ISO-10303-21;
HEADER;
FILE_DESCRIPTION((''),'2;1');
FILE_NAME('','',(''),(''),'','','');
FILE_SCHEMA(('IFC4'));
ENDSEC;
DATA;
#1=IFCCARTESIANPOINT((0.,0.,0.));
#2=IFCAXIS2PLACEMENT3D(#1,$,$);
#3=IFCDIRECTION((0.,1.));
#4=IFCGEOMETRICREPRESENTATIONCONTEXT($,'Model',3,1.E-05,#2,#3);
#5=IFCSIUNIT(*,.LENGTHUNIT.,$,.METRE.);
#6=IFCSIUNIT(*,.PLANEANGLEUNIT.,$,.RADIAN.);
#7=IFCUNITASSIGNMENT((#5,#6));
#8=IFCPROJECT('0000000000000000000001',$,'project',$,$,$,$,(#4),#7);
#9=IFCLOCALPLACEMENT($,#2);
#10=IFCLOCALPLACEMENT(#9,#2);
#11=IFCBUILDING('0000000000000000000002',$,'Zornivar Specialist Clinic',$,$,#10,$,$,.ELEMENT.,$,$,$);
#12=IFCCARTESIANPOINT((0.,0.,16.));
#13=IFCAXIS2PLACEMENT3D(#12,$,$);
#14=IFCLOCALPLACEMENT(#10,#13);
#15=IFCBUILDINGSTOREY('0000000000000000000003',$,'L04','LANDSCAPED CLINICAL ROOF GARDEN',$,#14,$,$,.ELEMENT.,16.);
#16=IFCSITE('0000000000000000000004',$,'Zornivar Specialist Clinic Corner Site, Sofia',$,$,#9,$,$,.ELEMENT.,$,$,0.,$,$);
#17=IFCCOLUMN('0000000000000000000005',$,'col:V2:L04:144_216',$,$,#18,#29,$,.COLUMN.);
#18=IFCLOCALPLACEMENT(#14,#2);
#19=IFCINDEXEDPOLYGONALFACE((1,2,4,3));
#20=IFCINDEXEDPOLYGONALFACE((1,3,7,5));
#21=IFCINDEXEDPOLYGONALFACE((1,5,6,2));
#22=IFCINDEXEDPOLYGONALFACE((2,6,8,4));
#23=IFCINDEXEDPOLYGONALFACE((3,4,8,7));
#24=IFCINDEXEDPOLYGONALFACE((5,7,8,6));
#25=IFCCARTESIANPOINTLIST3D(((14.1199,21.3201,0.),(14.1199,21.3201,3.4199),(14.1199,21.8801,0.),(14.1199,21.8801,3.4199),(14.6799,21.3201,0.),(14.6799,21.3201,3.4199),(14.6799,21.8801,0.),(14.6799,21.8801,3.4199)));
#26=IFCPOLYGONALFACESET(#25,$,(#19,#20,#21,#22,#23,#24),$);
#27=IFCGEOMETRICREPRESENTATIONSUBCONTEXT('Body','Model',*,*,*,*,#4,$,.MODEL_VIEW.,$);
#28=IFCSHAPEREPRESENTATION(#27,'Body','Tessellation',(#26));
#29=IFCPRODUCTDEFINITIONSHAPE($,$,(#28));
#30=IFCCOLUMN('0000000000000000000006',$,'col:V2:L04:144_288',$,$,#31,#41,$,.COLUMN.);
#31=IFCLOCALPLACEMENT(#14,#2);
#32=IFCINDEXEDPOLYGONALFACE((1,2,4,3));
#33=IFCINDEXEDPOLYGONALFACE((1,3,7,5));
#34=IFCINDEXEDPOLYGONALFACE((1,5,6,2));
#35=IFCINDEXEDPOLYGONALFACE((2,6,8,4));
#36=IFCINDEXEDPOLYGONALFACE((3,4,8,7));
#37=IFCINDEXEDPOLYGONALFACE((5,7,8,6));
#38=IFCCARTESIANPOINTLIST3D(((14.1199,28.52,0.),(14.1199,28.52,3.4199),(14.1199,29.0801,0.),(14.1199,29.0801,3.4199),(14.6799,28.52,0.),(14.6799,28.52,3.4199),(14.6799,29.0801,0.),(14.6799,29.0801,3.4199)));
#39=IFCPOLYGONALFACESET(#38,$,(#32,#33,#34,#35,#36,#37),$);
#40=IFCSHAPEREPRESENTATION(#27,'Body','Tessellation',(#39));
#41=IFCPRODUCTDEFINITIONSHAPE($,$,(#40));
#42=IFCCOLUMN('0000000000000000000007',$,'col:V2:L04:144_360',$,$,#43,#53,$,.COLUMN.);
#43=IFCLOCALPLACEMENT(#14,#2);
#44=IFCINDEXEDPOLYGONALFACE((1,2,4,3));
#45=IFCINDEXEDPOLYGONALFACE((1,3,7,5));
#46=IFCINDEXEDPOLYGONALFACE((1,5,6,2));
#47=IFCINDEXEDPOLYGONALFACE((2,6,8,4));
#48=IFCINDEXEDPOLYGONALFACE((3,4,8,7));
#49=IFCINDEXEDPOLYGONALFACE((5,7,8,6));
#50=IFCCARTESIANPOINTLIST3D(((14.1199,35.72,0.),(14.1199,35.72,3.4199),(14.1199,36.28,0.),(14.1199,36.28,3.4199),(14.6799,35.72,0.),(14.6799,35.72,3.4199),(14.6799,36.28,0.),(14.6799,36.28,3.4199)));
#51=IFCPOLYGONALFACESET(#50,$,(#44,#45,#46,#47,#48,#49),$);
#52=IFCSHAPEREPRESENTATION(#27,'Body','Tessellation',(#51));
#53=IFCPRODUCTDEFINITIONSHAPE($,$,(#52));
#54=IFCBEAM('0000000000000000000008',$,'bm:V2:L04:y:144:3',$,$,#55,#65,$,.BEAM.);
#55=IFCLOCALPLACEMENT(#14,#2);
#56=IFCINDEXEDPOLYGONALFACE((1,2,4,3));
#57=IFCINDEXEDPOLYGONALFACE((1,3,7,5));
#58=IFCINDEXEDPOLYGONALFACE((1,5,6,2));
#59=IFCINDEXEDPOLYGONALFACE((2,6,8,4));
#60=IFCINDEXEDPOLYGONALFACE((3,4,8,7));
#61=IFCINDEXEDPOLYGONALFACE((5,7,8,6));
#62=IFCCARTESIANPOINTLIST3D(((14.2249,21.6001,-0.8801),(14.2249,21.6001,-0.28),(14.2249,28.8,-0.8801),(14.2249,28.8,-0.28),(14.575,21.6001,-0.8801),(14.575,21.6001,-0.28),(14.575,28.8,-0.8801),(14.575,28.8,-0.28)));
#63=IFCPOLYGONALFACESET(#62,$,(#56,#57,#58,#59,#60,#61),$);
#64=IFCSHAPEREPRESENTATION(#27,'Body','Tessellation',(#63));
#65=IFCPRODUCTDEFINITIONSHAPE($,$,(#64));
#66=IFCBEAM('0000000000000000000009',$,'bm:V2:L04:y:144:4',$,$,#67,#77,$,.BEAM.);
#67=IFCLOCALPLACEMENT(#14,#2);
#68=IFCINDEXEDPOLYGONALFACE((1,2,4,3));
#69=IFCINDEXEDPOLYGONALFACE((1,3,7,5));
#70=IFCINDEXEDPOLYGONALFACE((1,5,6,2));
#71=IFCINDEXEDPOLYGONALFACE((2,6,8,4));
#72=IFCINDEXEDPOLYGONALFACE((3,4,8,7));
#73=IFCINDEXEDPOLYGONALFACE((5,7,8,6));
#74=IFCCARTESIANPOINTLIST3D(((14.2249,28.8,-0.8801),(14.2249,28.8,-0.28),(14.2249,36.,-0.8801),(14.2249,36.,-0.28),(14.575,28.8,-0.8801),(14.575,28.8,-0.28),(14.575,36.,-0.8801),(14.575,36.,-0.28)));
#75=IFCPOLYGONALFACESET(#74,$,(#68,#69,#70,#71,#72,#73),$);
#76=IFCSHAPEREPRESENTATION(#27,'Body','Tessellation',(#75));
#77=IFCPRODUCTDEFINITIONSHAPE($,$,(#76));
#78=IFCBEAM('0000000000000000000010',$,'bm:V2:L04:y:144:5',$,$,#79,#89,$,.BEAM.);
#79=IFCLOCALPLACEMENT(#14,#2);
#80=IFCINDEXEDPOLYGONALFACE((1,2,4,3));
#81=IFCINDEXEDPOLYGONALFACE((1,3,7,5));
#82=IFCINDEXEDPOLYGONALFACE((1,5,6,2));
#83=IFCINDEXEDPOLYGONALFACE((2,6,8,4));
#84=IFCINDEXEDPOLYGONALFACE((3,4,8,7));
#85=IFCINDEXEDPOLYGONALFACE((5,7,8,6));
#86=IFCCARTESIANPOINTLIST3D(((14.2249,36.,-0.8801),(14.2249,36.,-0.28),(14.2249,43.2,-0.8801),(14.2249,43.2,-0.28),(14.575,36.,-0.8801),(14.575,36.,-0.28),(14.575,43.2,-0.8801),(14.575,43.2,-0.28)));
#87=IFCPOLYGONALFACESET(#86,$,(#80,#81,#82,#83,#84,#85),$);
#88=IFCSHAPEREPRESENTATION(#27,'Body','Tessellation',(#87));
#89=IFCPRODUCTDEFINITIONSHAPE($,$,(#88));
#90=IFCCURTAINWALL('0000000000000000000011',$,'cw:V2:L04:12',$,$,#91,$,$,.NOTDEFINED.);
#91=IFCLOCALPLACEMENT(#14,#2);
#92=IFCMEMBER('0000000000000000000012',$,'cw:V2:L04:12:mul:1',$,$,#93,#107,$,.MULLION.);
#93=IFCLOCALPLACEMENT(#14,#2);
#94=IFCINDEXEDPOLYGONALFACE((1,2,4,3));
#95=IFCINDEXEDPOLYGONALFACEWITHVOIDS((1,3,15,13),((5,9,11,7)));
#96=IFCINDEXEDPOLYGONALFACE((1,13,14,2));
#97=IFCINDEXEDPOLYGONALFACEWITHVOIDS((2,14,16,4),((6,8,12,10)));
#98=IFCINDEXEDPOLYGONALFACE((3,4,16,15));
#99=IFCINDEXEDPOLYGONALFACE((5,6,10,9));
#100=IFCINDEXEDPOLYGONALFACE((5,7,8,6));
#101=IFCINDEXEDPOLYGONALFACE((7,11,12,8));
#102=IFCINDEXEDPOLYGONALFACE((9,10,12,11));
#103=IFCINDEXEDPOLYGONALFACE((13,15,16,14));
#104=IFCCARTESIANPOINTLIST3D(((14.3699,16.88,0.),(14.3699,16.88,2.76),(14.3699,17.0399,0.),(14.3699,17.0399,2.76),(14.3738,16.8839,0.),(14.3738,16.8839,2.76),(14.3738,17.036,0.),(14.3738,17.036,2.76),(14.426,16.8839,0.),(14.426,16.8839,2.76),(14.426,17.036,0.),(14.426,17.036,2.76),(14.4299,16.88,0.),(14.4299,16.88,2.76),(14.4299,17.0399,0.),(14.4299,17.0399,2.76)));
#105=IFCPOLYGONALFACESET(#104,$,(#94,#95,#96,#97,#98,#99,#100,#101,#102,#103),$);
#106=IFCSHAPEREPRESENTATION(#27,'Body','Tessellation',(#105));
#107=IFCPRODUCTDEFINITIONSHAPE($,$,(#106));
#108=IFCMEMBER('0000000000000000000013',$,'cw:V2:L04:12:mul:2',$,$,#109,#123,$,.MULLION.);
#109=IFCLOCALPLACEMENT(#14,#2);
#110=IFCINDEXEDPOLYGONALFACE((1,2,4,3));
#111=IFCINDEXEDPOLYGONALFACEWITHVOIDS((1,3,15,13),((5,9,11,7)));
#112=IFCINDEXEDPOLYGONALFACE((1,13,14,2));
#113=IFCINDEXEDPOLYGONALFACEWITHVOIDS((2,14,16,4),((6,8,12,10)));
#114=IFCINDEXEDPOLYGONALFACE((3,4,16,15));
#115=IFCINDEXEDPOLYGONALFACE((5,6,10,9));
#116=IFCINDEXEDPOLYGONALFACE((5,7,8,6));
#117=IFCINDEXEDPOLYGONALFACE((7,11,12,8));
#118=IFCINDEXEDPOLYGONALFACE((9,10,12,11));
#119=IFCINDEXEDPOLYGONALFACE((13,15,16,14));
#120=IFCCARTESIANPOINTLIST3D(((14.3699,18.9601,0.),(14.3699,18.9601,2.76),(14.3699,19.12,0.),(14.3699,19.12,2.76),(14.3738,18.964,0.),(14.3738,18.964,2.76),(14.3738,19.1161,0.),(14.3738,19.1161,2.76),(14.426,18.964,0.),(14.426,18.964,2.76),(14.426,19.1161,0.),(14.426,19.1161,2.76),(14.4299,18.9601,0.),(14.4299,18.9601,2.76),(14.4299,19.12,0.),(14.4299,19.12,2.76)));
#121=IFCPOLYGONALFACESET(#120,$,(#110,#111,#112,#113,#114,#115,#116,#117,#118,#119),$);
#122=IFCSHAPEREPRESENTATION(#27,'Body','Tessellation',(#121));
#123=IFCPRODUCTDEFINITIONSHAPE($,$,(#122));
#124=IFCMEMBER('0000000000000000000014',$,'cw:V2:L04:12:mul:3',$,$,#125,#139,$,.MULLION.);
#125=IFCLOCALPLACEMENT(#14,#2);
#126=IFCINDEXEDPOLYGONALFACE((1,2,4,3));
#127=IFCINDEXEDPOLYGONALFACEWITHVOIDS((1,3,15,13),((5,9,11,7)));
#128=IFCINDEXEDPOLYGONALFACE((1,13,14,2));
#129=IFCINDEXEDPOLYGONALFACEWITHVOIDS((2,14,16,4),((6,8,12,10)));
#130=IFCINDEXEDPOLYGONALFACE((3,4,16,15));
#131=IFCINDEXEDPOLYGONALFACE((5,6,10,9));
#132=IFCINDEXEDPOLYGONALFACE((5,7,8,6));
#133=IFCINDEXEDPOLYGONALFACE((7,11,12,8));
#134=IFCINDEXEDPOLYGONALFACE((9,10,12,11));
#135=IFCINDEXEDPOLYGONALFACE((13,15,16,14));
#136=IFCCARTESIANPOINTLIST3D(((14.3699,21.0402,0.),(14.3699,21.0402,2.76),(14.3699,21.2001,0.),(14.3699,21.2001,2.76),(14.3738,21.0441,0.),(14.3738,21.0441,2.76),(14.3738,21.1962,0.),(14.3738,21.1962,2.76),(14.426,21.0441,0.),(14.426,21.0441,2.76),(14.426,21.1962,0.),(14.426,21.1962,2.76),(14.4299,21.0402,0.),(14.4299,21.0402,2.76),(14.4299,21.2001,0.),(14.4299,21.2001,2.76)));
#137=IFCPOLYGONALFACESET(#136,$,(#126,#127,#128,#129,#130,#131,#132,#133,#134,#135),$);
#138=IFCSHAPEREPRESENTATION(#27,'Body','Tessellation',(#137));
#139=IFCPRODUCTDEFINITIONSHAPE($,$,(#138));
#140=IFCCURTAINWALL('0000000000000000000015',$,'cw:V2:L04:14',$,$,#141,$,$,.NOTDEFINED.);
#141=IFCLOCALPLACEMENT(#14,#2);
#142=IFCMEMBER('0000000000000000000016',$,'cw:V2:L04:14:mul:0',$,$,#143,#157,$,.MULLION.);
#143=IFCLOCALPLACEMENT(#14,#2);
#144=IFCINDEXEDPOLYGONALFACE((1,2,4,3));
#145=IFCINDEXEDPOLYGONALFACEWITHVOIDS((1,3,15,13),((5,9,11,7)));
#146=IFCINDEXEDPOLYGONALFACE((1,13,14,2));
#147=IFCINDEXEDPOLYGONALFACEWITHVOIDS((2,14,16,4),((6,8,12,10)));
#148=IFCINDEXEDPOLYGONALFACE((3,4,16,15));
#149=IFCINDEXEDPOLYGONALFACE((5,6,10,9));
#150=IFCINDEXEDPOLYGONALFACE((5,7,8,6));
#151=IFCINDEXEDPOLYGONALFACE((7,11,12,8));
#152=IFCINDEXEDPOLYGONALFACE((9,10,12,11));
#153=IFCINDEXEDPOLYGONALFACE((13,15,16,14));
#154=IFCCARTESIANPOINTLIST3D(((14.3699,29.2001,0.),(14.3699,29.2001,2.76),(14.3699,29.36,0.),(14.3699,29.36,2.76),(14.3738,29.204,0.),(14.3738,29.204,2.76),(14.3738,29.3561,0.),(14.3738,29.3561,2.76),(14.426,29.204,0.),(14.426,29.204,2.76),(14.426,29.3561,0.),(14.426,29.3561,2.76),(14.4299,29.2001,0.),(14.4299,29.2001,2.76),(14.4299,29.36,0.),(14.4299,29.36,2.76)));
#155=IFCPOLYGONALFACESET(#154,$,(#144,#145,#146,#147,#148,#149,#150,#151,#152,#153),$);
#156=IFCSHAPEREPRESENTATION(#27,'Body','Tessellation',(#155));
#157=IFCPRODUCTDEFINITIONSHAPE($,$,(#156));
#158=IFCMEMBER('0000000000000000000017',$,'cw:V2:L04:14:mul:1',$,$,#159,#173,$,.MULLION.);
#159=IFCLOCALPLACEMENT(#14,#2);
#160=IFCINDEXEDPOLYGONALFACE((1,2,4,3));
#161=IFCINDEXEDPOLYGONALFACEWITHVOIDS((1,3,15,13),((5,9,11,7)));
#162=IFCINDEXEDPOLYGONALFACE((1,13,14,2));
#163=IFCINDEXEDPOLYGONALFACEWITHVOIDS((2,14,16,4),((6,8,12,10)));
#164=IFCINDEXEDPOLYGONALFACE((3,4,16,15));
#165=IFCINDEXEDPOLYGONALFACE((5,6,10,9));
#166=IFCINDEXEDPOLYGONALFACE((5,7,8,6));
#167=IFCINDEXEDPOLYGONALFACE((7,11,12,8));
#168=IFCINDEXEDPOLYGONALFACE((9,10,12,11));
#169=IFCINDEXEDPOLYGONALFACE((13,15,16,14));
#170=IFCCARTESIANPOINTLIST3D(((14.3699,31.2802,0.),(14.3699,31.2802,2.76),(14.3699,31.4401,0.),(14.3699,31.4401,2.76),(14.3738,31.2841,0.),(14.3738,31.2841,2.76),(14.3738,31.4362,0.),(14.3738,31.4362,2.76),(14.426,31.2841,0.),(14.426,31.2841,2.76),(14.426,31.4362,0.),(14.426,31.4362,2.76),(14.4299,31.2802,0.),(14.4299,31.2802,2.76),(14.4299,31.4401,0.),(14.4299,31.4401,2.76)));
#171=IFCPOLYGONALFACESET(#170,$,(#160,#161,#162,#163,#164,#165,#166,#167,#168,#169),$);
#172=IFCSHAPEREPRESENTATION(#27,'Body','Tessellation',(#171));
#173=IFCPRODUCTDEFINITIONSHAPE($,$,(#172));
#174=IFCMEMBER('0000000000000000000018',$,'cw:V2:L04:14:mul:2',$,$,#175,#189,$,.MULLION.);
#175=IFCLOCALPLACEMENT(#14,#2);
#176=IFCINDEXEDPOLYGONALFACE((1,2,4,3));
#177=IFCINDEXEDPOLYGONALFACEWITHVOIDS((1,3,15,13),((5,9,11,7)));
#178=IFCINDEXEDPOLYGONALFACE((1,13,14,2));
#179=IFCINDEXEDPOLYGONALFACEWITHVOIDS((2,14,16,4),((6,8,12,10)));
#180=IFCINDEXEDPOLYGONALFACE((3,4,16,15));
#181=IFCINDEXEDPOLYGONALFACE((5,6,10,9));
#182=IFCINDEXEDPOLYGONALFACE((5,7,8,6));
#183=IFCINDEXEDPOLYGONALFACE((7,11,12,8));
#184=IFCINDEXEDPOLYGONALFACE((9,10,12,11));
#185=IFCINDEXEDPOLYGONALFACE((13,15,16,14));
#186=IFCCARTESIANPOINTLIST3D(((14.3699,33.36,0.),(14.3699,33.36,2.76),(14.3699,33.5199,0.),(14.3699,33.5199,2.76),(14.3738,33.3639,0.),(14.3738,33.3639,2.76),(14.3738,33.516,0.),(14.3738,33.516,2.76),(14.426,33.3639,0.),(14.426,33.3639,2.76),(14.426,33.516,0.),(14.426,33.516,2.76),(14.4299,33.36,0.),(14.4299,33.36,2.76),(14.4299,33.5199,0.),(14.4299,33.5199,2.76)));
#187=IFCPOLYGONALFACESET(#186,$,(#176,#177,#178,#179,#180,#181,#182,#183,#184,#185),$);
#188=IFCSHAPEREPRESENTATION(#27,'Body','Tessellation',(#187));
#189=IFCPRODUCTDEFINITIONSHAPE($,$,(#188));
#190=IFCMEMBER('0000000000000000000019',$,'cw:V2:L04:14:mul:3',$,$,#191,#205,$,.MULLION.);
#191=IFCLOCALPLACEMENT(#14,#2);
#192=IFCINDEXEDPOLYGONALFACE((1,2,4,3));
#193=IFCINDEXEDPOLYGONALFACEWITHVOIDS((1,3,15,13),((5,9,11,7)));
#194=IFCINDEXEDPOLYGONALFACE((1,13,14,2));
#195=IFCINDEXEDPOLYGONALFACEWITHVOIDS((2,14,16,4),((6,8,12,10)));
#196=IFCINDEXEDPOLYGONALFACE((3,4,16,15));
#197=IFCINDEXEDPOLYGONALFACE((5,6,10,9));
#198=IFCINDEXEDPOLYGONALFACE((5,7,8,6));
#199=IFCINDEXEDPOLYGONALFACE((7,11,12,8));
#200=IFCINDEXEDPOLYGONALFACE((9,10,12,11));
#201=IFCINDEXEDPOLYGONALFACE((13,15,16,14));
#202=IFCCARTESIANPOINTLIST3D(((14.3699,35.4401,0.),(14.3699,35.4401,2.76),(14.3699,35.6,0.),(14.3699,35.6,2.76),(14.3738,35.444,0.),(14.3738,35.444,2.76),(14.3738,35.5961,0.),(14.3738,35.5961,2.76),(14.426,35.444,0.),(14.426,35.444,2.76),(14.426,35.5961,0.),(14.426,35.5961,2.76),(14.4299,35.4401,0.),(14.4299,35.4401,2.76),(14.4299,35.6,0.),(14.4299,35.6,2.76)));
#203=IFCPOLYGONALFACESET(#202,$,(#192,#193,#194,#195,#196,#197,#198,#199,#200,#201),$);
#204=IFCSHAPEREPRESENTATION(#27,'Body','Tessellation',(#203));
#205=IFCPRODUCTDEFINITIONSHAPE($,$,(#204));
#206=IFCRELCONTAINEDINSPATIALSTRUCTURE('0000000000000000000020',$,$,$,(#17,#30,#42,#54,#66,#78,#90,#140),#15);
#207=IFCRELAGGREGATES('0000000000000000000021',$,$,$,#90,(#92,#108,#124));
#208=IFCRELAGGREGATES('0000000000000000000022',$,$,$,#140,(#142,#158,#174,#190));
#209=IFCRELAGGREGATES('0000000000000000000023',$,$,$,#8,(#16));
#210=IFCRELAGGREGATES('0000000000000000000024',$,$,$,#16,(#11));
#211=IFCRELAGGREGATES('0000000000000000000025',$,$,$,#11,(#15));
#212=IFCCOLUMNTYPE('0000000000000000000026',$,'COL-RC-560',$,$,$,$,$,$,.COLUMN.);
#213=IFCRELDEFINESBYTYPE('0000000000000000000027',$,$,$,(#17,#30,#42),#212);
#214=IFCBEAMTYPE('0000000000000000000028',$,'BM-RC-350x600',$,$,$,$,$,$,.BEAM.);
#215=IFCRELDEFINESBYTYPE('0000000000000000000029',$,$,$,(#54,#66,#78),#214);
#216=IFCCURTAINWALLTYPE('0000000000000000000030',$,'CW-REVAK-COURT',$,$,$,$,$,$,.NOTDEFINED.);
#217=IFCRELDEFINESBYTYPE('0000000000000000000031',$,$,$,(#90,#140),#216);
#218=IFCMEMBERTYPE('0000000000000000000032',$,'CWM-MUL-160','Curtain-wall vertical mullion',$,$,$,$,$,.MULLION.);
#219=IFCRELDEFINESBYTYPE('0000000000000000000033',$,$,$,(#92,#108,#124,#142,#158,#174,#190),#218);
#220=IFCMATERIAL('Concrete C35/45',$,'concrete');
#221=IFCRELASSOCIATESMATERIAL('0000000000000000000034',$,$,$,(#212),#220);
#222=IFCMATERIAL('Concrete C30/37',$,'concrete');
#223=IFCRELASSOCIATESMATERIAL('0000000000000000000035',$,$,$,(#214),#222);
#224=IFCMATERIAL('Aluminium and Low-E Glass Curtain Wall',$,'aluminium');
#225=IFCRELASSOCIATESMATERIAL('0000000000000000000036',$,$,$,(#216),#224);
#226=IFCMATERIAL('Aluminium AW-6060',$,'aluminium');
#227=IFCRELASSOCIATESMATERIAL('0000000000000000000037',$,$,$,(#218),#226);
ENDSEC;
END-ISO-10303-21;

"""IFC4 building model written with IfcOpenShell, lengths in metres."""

from ifc_helpers import new_model, si_unit, direction, frame, origin, origin_2d, place, context, subcontext, project, spatial, rectangle, hollow_rectangle, extrude, material, material_profile, profile_set, type_object, element, aggregate, save


model = new_model("IFC4")

# Units and contexts
model_context = context("Model", 3, precision=1e-05, world=origin(), true_north=direction((0.0, 1.0)))
body_context = subcontext(model_context, "Body", "Model", "MODEL_VIEW")
ifc_project = project(units=[si_unit("LENGTHUNIT", "METRE"), si_unit("PLANEANGLEUNIT", "RADIAN")], contexts=[model_context])

# Site, building, storey
site_placement = place(None, origin())
site = spatial("IfcSite", under=ifc_project, at=site_placement, Name="Zornivar Specialist Clinic Corner Site, Sofia", CompositionType="ELEMENT", RefElevation=0.0)
building_placement = place(site_placement, origin())
building = spatial("IfcBuilding", under=site, at=building_placement, Name="Zornivar Specialist Clinic", CompositionType="ELEMENT")
storey_placement = place(building_placement, frame((0.0, 0.0, 16.0)))
storey = spatial("IfcBuildingStorey", under=building, at=storey_placement, Name="L04", Description="LANDSCAPED CLINICAL ROOF GARDEN", CompositionType="ELEMENT", Elevation=16.0)

# Columns
ifc_material_1 = material(Name="Concrete C35/45", Category="concrete")
ifc_material_profile_1 = material_profile(ifc_material_1, rectangle(XDim=0.5601, YDim=0.5601, at=origin_2d()), Name="RC 560x560")
ifc_profile_set_1 = profile_set([ifc_material_profile_1], Name="Concrete C35/45")
column_type = type_object("IfcColumnType", Name="COL-RC-560", PredefinedType="COLUMN", material=ifc_profile_set_1)
for number, where, z_axis, x_axis, name in (
    (1, (14.3999, 21.6001, 0.0), (0.0, 0.0, 1.0), (1.0, 0.0, 0.0), "col:V2:L04:144_216"),
    (2, (14.3999, 28.8, 0.0), (0.0, 0.0, 1.0), (1.0, 0.0, 0.0), "col:V2:L04:144_288"),
    (3, (14.3999, 36.0, 0.0), (0.0, 0.0, 1.0), (1.0, 0.0, 0.0), "col:V2:L04:144_360"),
):
    element("IfcColumn", number, at=place(storey_placement, frame(where, z_axis=z_axis, x_axis=x_axis)), inside=storey, type_object=column_type, Name=name, PredefinedType="COLUMN", context=body_context, shape_type="SweptSolid", body=[
        extrude(rectangle(XDim=0.5601, YDim=0.5601, at=origin_2d()), origin(), (0.0, 0.0, 1.0), 3.4199),
    ])

# Beams
ifc_material_2 = material(Name="Concrete C30/37", Category="concrete")
ifc_material_profile_2 = material_profile(ifc_material_2, rectangle(XDim=0.3501, YDim=0.6001, at=origin_2d()), Name="RC 350x600")
ifc_profile_set_2 = profile_set([ifc_material_profile_2], Name="Concrete C30/37")
beam_type = type_object("IfcBeamType", Name="BM-RC-350x600", PredefinedType="BEAM", material=ifc_profile_set_2)
for number, where, z_axis, x_axis, name in (
    (4, (14.3999, 21.6001, -0.5801), (0.0, 1.0, 0.0), (-1.0, 0.0, 0.0), "bm:V2:L04:y:144:3"),
    (5, (14.3999, 28.8, -0.5801), (0.0, 1.0, 0.0), (-1.0, 0.0, 0.0), "bm:V2:L04:y:144:4"),
    (6, (14.3999, 36.0, -0.5801), (0.0, 1.0, 0.0), (-1.0, 0.0, 0.0), "bm:V2:L04:y:144:5"),
):
    element("IfcBeam", number, at=place(storey_placement, frame(where, z_axis=z_axis, x_axis=x_axis)), inside=storey, type_object=beam_type, Name=name, PredefinedType="BEAM", context=body_context, shape_type="SweptSolid", body=[
        extrude(rectangle(XDim=0.3501, YDim=0.6001, at=origin_2d()), origin(), (0.0, 0.0, 1.0), 7.2),
    ])

# Curtain walls, members
ifc_material_3 = material(Name="Aluminium and Low-E Glass Curtain Wall", Category="aluminium")
curtain_wall_type = type_object("IfcCurtainWallType", Name="CW-REVAK-COURT", PredefinedType="NOTDEFINED", material=ifc_material_3)
curtain_wall_1_placement = place(storey_placement, origin())
curtain_wall_1 = element("IfcCurtainWall", 7, at=curtain_wall_1_placement, inside=storey, type_object=curtain_wall_type, Name="cw:V2:L04:12", PredefinedType="NOTDEFINED")
ifc_material_4 = material(Name="Aluminium AW-6060", Category="aluminium")
ifc_material_profile_3 = material_profile(ifc_material_4, hollow_rectangle(XDim=0.0601, YDim=0.1599, WallThickness=0.0039, at=origin_2d()), Name="ALU 60x160x4")
ifc_profile_set_3 = profile_set([ifc_material_profile_3], Name="Aluminium AW-6060")
member_type_1 = type_object("IfcMemberType", Name="CWM-MUL-160", Description="Curtain-wall vertical mullion", PredefinedType="MULLION", material=ifc_profile_set_3)
member_1_placement = place(storey_placement, frame((14.3999, 16.96, 0.0), z_axis=(0.0, 0.0, 1.0), x_axis=(1.0, 0.0, 0.0)))
member_1 = element("IfcMember", 8, at=member_1_placement, type_object=member_type_1, Name="cw:V2:L04:12:mul:1", PredefinedType="MULLION", context=body_context, shape_type="SweptSolid", body=[
    extrude(hollow_rectangle(XDim=0.0601, YDim=0.1599, WallThickness=0.0039, at=origin_2d()), origin(), (0.0, 0.0, 1.0), 2.76),
])
member_2_placement = place(storey_placement, frame((14.3999, 19.04, 0.0), z_axis=(0.0, 0.0, 1.0), x_axis=(1.0, 0.0, 0.0)))
member_2 = element("IfcMember", 9, at=member_2_placement, type_object=member_type_1, Name="cw:V2:L04:12:mul:2", PredefinedType="MULLION", context=body_context, shape_type="SweptSolid", body=[
    extrude(hollow_rectangle(XDim=0.0601, YDim=0.1599, WallThickness=0.0039, at=origin_2d()), origin(), (0.0, 0.0, 1.0), 2.76),
])
member_3_placement = place(storey_placement, frame((14.3999, 21.1201, 0.0), z_axis=(0.0, 0.0, 1.0), x_axis=(1.0, 0.0, 0.0)))
member_3 = element("IfcMember", 10, at=member_3_placement, type_object=member_type_1, Name="cw:V2:L04:12:mul:3", PredefinedType="MULLION", context=body_context, shape_type="SweptSolid", body=[
    extrude(hollow_rectangle(XDim=0.0601, YDim=0.1599, WallThickness=0.0039, at=origin_2d()), origin(), (0.0, 0.0, 1.0), 2.76),
])
curtain_wall_2_placement = place(storey_placement, origin())
curtain_wall_2 = element("IfcCurtainWall", 11, at=curtain_wall_2_placement, inside=storey, type_object=curtain_wall_type, Name="cw:V2:L04:14", PredefinedType="NOTDEFINED")
member_4_placement = place(storey_placement, frame((14.3999, 29.28, 0.0), z_axis=(0.0, 0.0, 1.0), x_axis=(1.0, 0.0, 0.0)))
member_4 = element("IfcMember", 12, at=member_4_placement, type_object=member_type_1, Name="cw:V2:L04:14:mul:0", PredefinedType="MULLION", context=body_context, shape_type="SweptSolid", body=[
    extrude(hollow_rectangle(XDim=0.0601, YDim=0.1599, WallThickness=0.0039, at=origin_2d()), origin(), (0.0, 0.0, 1.0), 2.76),
])
member_5_placement = place(storey_placement, frame((14.3999, 31.3601, 0.0), z_axis=(0.0, 0.0, 1.0), x_axis=(1.0, 0.0, 0.0)))
member_5 = element("IfcMember", 13, at=member_5_placement, type_object=member_type_1, Name="cw:V2:L04:14:mul:1", PredefinedType="MULLION", context=body_context, shape_type="SweptSolid", body=[
    extrude(hollow_rectangle(XDim=0.0601, YDim=0.1599, WallThickness=0.0039, at=origin_2d()), origin(), (0.0, 0.0, 1.0), 2.76),
])
member_6_placement = place(storey_placement, frame((14.3999, 33.4399, 0.0), z_axis=(0.0, 0.0, 1.0), x_axis=(1.0, 0.0, 0.0)))
member_6 = element("IfcMember", 14, at=member_6_placement, type_object=member_type_1, Name="cw:V2:L04:14:mul:2", PredefinedType="MULLION", context=body_context, shape_type="SweptSolid", body=[
    extrude(hollow_rectangle(XDim=0.0601, YDim=0.1599, WallThickness=0.0039, at=origin_2d()), origin(), (0.0, 0.0, 1.0), 2.76),
])
member_7_placement = place(storey_placement, frame((14.3999, 35.52, 0.0), z_axis=(0.0, 0.0, 1.0), x_axis=(1.0, 0.0, 0.0)))
member_7 = element("IfcMember", 15, at=member_7_placement, type_object=member_type_1, Name="cw:V2:L04:14:mul:3", PredefinedType="MULLION", context=body_context, shape_type="SweptSolid", body=[
    extrude(hollow_rectangle(XDim=0.0601, YDim=0.1599, WallThickness=0.0039, at=origin_2d()), origin(), (0.0, 0.0, 1.0), 2.76),
])

aggregate(curtain_wall_1, [member_1, member_2, member_3])
aggregate(curtain_wall_2, [member_4, member_5, member_6, member_7])

save(model, "model.ifc")
